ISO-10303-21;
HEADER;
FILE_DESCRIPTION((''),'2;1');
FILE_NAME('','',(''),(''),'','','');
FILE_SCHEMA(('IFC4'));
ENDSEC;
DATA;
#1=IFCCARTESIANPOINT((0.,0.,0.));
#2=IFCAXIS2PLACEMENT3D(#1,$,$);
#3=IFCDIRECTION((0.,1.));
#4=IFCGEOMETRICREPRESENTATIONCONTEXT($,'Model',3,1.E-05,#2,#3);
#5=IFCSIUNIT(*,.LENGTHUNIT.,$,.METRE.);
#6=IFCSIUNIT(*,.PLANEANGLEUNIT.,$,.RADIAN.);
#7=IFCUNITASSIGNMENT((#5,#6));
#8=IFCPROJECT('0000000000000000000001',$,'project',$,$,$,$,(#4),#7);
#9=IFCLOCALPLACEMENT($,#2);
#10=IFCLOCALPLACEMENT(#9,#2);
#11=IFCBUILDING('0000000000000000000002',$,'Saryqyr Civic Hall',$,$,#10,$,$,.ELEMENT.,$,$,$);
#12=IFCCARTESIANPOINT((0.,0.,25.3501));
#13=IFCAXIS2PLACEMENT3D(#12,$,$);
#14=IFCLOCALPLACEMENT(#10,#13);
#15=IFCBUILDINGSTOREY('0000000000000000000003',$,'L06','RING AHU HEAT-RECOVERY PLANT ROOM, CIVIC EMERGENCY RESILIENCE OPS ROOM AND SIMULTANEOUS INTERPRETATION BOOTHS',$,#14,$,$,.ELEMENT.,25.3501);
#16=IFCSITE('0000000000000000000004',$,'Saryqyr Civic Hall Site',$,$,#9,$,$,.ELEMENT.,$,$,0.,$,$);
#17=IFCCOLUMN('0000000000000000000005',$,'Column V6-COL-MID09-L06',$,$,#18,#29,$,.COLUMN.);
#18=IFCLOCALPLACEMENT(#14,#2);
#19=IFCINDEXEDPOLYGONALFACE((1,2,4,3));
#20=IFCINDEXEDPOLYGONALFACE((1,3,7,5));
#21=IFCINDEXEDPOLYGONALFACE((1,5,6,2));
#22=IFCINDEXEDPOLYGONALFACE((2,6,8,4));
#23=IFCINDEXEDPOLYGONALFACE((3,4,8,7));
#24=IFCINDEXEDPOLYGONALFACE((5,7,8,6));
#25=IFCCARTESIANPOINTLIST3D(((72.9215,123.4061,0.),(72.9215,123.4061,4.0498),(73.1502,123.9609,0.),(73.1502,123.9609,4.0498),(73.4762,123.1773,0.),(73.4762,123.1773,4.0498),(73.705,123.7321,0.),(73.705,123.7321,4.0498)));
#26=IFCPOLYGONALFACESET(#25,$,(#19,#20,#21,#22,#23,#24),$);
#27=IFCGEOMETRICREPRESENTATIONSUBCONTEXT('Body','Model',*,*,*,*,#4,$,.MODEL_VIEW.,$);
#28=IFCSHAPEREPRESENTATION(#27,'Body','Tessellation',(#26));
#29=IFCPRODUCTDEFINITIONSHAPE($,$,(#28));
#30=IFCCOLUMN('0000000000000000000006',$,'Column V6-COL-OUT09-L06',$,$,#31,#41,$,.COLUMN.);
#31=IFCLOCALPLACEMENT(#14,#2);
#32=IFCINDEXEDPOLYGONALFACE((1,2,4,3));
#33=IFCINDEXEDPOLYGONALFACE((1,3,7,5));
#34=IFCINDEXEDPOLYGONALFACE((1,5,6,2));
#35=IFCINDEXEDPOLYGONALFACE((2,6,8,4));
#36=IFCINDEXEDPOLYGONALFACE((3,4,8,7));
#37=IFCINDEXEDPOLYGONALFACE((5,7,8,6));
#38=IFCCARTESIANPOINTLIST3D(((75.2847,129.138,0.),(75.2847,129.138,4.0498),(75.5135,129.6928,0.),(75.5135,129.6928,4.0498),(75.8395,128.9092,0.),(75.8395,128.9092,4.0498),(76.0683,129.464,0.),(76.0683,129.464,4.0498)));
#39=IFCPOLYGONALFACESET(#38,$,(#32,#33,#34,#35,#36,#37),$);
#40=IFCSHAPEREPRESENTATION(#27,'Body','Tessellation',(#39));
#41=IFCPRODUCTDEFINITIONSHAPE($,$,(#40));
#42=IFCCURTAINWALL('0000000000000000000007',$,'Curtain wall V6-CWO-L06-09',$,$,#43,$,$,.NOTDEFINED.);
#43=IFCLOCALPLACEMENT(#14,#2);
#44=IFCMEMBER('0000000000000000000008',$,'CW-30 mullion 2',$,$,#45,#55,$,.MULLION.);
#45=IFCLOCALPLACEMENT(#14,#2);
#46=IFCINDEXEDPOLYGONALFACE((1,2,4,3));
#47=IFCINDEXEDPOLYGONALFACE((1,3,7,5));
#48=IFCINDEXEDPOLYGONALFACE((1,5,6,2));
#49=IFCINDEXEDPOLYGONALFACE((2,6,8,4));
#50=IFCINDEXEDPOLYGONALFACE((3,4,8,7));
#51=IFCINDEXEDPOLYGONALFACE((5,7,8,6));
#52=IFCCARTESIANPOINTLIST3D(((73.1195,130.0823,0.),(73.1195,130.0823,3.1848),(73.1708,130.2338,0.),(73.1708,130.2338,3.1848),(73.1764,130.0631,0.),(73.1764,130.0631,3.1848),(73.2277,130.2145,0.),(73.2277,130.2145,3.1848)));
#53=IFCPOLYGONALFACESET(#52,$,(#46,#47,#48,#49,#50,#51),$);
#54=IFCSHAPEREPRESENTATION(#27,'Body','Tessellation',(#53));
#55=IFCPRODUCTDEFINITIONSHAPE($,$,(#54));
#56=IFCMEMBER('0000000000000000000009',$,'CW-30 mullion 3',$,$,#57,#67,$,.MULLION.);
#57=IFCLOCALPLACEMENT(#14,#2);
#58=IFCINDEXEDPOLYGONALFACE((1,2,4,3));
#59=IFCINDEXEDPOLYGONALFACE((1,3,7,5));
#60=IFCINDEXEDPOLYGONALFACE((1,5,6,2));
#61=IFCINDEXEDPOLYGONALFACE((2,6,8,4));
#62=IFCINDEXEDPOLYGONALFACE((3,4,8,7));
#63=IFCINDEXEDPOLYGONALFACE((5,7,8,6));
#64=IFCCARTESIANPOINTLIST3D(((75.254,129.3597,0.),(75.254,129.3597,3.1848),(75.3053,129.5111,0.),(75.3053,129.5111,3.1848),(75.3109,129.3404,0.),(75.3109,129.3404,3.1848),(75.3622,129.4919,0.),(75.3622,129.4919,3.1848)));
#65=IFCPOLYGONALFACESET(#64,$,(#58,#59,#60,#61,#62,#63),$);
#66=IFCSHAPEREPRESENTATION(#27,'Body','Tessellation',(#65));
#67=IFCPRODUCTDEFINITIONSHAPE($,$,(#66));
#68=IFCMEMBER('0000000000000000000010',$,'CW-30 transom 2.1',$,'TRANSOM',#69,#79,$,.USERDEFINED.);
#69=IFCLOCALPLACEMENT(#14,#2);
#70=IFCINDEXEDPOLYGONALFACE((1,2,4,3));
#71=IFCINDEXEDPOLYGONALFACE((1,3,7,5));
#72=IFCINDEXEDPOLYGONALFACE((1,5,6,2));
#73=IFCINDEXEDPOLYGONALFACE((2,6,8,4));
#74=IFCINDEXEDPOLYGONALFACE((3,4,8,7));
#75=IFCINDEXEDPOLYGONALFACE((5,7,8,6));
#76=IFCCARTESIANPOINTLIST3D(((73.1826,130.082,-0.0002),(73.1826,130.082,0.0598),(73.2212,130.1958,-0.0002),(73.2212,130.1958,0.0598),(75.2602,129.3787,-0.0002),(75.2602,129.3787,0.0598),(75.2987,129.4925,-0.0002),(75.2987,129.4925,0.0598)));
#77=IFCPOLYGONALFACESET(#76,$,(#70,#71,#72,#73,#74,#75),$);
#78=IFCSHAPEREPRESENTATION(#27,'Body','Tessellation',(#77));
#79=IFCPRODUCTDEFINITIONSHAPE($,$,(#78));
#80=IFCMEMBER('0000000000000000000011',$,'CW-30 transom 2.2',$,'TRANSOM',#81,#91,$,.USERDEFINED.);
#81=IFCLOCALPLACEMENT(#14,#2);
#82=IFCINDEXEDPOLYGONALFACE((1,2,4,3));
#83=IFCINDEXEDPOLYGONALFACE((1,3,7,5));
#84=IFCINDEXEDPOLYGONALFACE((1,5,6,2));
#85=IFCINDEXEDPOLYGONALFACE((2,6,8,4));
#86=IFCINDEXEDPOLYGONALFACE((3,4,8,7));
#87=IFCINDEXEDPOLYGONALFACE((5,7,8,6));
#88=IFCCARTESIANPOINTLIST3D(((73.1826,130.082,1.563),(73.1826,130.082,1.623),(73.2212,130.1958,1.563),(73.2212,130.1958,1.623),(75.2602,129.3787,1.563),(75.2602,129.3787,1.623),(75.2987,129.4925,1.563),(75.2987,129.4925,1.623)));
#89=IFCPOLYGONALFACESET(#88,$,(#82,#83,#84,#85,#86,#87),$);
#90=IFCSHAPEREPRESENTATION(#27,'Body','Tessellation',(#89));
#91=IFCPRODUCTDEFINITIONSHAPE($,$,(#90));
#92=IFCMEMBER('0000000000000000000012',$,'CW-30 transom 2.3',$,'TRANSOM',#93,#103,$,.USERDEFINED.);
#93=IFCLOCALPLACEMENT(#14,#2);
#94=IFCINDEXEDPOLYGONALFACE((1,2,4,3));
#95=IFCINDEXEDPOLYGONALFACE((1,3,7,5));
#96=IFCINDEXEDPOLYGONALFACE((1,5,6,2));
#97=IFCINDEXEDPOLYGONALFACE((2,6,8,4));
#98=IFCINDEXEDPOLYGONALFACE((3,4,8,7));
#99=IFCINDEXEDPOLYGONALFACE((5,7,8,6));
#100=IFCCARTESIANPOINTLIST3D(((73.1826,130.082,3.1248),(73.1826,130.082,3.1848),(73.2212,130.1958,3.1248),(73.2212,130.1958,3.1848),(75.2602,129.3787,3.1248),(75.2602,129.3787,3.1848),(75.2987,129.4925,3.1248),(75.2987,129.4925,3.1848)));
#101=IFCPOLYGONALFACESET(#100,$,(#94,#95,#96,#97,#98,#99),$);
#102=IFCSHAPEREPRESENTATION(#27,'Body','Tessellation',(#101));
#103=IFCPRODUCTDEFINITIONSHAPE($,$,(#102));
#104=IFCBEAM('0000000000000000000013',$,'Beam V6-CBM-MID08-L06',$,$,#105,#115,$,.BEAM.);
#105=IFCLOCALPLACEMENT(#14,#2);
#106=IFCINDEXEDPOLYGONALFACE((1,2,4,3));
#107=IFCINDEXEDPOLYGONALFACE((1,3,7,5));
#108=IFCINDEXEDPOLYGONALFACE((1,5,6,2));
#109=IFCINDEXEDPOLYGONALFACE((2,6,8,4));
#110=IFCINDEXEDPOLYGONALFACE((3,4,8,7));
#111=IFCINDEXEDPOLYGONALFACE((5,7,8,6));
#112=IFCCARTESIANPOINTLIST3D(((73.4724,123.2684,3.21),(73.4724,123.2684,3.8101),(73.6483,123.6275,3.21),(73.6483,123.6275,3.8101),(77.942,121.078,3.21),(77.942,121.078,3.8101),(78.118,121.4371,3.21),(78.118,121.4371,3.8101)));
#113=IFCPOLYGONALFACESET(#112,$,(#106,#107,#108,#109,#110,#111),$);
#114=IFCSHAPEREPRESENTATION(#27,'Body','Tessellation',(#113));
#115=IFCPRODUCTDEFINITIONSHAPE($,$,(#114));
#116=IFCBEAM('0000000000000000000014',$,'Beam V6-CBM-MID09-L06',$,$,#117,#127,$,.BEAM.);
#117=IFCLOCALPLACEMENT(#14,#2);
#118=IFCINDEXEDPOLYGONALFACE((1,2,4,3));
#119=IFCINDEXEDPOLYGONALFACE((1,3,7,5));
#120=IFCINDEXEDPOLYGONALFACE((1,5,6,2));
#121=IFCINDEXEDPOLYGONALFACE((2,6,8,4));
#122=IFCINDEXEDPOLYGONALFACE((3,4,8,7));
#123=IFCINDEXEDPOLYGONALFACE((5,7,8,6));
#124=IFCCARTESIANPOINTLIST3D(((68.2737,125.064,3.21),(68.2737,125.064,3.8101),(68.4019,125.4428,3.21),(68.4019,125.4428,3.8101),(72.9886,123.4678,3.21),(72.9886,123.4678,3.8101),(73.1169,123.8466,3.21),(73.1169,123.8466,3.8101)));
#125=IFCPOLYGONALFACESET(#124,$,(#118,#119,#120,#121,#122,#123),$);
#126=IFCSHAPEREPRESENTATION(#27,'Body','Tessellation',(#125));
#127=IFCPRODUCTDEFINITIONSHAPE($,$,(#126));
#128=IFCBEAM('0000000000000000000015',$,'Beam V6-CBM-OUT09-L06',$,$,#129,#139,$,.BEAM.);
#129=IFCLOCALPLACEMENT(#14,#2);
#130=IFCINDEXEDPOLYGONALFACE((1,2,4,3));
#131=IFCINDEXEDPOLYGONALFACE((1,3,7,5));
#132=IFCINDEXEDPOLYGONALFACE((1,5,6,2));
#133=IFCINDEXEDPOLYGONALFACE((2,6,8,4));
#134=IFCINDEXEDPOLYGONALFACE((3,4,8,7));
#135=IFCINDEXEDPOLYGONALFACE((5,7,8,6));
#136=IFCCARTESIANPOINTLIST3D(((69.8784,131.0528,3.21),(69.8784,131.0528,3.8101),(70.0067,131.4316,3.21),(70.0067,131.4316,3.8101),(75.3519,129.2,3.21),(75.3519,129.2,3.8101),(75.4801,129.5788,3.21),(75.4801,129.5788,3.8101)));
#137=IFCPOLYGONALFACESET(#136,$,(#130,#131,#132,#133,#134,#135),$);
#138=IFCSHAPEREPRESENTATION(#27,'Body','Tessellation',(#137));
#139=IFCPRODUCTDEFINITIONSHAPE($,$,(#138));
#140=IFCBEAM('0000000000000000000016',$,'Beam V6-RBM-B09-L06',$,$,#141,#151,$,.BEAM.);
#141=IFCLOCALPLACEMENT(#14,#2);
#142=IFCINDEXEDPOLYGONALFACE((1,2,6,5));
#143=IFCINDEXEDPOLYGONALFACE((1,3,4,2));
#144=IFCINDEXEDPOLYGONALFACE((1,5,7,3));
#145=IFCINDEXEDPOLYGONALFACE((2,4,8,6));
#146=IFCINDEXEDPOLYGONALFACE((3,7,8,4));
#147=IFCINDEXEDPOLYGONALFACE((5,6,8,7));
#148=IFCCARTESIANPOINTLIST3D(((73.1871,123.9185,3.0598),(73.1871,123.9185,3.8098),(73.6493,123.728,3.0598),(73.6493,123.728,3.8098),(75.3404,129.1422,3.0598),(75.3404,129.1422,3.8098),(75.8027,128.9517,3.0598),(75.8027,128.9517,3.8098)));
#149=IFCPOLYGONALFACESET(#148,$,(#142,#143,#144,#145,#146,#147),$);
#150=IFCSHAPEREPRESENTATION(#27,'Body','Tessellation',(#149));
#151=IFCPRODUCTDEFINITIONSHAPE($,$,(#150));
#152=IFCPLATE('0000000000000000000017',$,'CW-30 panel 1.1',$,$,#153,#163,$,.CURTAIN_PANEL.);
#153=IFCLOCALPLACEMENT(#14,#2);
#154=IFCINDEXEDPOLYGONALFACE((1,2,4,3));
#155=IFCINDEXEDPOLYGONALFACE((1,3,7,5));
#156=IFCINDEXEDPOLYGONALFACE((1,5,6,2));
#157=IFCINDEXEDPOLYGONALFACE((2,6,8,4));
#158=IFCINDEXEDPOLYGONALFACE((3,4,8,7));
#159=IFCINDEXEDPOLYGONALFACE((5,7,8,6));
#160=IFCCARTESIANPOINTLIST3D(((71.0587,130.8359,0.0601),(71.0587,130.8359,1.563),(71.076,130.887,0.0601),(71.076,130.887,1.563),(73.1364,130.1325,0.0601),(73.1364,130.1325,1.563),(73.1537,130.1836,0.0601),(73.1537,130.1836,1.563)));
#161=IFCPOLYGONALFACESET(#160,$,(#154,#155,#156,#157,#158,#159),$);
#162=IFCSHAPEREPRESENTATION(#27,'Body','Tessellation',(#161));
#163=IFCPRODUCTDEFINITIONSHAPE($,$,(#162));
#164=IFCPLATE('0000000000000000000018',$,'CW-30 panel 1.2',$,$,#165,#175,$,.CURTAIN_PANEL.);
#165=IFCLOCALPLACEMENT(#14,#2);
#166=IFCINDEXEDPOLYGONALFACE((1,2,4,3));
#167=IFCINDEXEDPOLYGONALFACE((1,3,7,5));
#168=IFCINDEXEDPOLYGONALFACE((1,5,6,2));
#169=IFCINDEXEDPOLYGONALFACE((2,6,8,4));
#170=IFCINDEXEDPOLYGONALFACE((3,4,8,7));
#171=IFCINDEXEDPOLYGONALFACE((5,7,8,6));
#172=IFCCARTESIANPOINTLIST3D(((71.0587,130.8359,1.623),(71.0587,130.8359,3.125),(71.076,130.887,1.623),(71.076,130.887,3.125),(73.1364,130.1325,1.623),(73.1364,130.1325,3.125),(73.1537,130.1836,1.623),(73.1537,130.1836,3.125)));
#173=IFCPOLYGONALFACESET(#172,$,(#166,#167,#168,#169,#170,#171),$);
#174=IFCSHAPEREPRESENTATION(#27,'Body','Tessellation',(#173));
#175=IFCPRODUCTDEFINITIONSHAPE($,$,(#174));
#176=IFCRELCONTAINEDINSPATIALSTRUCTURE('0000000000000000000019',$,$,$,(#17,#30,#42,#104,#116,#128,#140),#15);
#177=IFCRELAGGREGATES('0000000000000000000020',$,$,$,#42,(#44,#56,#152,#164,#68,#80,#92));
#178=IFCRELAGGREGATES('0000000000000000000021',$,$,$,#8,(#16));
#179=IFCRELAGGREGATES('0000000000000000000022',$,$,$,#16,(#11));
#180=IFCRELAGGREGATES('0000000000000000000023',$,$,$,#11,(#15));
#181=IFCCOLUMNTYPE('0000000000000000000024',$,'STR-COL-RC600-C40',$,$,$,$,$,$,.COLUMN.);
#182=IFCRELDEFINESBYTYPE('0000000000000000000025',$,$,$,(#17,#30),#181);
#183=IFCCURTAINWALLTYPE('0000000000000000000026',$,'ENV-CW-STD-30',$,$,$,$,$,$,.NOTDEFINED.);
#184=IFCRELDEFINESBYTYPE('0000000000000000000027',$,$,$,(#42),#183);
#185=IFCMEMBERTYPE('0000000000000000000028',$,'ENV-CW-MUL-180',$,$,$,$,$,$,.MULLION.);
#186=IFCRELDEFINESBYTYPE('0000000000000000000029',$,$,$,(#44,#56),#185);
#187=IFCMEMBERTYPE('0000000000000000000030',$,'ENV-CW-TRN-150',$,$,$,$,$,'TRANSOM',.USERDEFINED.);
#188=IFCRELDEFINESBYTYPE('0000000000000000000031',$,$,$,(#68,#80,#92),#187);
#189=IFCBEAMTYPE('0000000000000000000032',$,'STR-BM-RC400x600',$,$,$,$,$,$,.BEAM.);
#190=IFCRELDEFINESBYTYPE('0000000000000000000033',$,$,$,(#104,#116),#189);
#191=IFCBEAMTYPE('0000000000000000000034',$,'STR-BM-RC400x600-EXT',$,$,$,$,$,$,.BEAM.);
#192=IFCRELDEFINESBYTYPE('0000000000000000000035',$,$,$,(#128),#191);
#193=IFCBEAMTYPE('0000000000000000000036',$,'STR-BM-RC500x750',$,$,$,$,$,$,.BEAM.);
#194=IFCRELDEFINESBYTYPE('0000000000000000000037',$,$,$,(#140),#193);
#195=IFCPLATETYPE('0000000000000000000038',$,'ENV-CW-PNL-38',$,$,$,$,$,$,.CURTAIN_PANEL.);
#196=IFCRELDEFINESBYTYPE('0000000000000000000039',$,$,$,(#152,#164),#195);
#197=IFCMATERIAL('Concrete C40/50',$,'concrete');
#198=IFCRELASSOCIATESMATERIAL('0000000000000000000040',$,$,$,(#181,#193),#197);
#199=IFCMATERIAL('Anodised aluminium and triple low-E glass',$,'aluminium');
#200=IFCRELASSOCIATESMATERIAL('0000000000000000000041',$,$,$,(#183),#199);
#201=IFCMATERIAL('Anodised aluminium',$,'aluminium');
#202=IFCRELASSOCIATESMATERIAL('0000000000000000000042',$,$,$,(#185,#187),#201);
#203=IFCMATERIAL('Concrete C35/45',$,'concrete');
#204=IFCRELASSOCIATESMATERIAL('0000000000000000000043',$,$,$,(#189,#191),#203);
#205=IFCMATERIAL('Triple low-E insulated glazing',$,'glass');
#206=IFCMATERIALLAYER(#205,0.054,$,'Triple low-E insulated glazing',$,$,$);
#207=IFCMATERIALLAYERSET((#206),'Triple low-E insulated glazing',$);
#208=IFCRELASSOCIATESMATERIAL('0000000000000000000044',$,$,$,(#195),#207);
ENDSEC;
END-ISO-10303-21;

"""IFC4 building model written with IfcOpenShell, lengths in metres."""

from ifc_helpers import new_model, si_unit, direction, frame, origin, origin_2d, place, context, subcontext, project, spatial, rectangle, extrude, material, layer, layer_set, material_profile, profile_set, type_object, element, aggregate, save


model = new_model("IFC4")

# Units and contexts
model_context = context("Model", 3, precision=1e-05, world=origin(), true_north=direction((0.0, 1.0)))
body_context = subcontext(model_context, "Body", "Model", "MODEL_VIEW")
ifc_project = project(units=[si_unit("LENGTHUNIT", "METRE"), si_unit("PLANEANGLEUNIT", "RADIAN")], contexts=[model_context])

# Site, building, storey
site_placement = place(None, origin())
site = spatial("IfcSite", under=ifc_project, at=site_placement, Name="Saryqyr Civic Hall Site", CompositionType="ELEMENT", RefElevation=0.0)
building_placement = place(site_placement, origin())
building = spatial("IfcBuilding", under=site, at=building_placement, Name="Saryqyr Civic Hall", CompositionType="ELEMENT")
storey_placement = place(building_placement, frame((0.0, 0.0, 25.3501)))
storey = spatial("IfcBuildingStorey", under=building, at=storey_placement, Name="L06", Description="RING AHU HEAT-RECOVERY PLANT ROOM, CIVIC EMERGENCY RESILIENCE OPS ROOM AND SIMULTANEOUS INTERPRETATION BOOTHS", CompositionType="ELEMENT", Elevation=25.3501)

# Columns
ifc_material_1 = material(Name="Concrete C40/50", Category="concrete")
ifc_material_profile_1 = material_profile(ifc_material_1, rectangle(XDim=0.6001, YDim=0.6001, at=origin_2d()), Name="RC 600x600")
ifc_profile_set_1 = profile_set([ifc_material_profile_1], Name="Concrete C40/50")
column_type = type_object("IfcColumnType", Name="STR-COL-RC600-C40", PredefinedType="COLUMN", material=ifc_profile_set_1)
for number, where, z_axis, x_axis, name in (
    (1, (73.3132, 123.5691, 0.0), (0.0, 0.0, 1.0), (0.381232, 0.92448, 0.0), "Column V6-COL-MID09-L06"),
    (2, (75.6765, 129.301, 0.0), (0.0, 0.0, 1.0), (0.381232, 0.92448, 0.0), "Column V6-COL-OUT09-L06"),
):
    element("IfcColumn", number, at=place(storey_placement, frame(where, z_axis=z_axis, x_axis=x_axis)), inside=storey, type_object=column_type, Name=name, PredefinedType="COLUMN", context=body_context, shape_type="SweptSolid", body=[
        extrude(rectangle(XDim=0.6001, YDim=0.6001, at=origin_2d()), origin(), (0.0, 0.0, 1.0), 4.0498),
    ])

# Curtain wall, members
ifc_material_2 = material(Name="Anodised aluminium and triple low-E glass", Category="aluminium")
curtain_wall_type = type_object("IfcCurtainWallType", Name="ENV-CW-STD-30", PredefinedType="NOTDEFINED", material=ifc_material_2)
curtain_wall_placement = place(storey_placement, origin())
curtain_wall = element("IfcCurtainWall", 3, at=curtain_wall_placement, inside=storey, type_object=curtain_wall_type, Name="Curtain wall V6-CWO-L06-09", PredefinedType="NOTDEFINED")
ifc_material_3 = material(Name="Anodised aluminium", Category="aluminium")
ifc_material_profile_2 = material_profile(ifc_material_3, rectangle(XDim=0.0601, YDim=0.1599, at=origin_2d()), Name="ALU MULLION 60x160")
ifc_profile_set_2 = profile_set([ifc_material_profile_2], Name="Anodised aluminium")
member_type_1 = type_object("IfcMemberType", Name="ENV-CW-MUL-180", PredefinedType="MULLION", material=ifc_profile_set_2)
member_1_placement = place(storey_placement, frame((73.1736, 130.1484, 0.0), z_axis=(0.0, 0.0, 1.0), x_axis=(0.94719, -0.320671, 0.0)))
member_1 = element("IfcMember", 4, at=member_1_placement, type_object=member_type_1, Name="CW-30 mullion 2", PredefinedType="MULLION", context=body_context, shape_type="SweptSolid", body=[
    extrude(rectangle(XDim=0.0601, YDim=0.1599, at=origin_2d()), origin(), (0.0, 0.0, 1.0), 3.1848),
])
member_2_placement = place(storey_placement, frame((75.3081, 129.4258, 0.0), z_axis=(0.0, 0.0, 1.0), x_axis=(0.94719, -0.320671, 0.0)))
member_2 = element("IfcMember", 5, at=member_2_placement, type_object=member_type_1, Name="CW-30 mullion 3", PredefinedType="MULLION", context=body_context, shape_type="SweptSolid", body=[
    extrude(rectangle(XDim=0.0601, YDim=0.1599, at=origin_2d()), origin(), (0.0, 0.0, 1.0), 3.1848),
])
ifc_material_profile_3 = material_profile(ifc_material_3, rectangle(XDim=0.1201, YDim=0.0601, at=origin_2d()), Name="ALU TRANSOM 120x60")
ifc_profile_set_3 = profile_set([ifc_material_profile_3], Name="Anodised aluminium")
member_type_2 = type_object("IfcMemberType", Name="ENV-CW-TRN-150", ElementType="TRANSOM", PredefinedType="USERDEFINED", material=ifc_profile_set_3)
member_3_placement = place(storey_placement, frame((73.2019, 130.1389, 0.0298), z_axis=(0.947193, -0.320665, 0.0), x_axis=(0.320665, 0.947193, 0.0)))
member_3 = element("IfcMember", 6, at=member_3_placement, type_object=member_type_2, Name="CW-30 transom 2.1", ObjectType="TRANSOM", PredefinedType="USERDEFINED", context=body_context, shape_type="SweptSolid", body=[
    extrude(rectangle(XDim=0.1201, YDim=0.0601, at=origin_2d()), origin(), (0.0, 0.0, 1.0), 2.1934),
])
member_4_placement = place(storey_placement, frame((73.2019, 130.1389, 1.593), z_axis=(0.947193, -0.320665, 0.0), x_axis=(0.320665, 0.947193, 0.0)))
member_4 = element("IfcMember", 7, at=member_4_placement, type_object=member_type_2, Name="CW-30 transom 2.2", ObjectType="TRANSOM", PredefinedType="USERDEFINED", context=body_context, shape_type="SweptSolid", body=[
    extrude(rectangle(XDim=0.1201, YDim=0.0601, at=origin_2d()), origin(), (0.0, 0.0, 1.0), 2.1934),
])
member_5_placement = place(storey_placement, frame((73.2019, 130.1389, 3.1548), z_axis=(0.947193, -0.320665, 0.0), x_axis=(0.320665, 0.947193, 0.0)))
member_5 = element("IfcMember", 8, at=member_5_placement, type_object=member_type_2, Name="CW-30 transom 2.3", ObjectType="TRANSOM", PredefinedType="USERDEFINED", context=body_context, shape_type="SweptSolid", body=[
    extrude(rectangle(XDim=0.1201, YDim=0.0601, at=origin_2d()), origin(), (0.0, 0.0, 1.0), 2.1934),
])

# Beams
ifc_material_4 = material(Name="Concrete C35/45", Category="concrete")
ifc_material_profile_4 = material_profile(ifc_material_4, rectangle(XDim=0.3999, YDim=0.6001, at=origin_2d()), Name="RC 400x600")
ifc_profile_set_4 = profile_set([ifc_material_profile_4], Name="Concrete C35/45")
beam_type_1 = type_object("IfcBeamType", Name="STR-BM-RC400x600", PredefinedType="BEAM", material=ifc_profile_set_4)
beam_1_placement = place(storey_placement, frame((78.03, 121.2576, 3.51), z_axis=(-0.897969, 0.440058, 0.0), x_axis=(-0.440058, -0.897969, 0.0)))
element("IfcBeam", 9, at=beam_1_placement, inside=storey, type_object=beam_type_1, Name="Beam V6-CBM-MID08-L06", PredefinedType="BEAM", context=body_context, shape_type="SweptSolid", body=[
    extrude(rectangle(XDim=0.3999, YDim=0.6001, at=origin_2d()), origin(), (0.0, 0.0, 1.0), 4.9775),
])
beam_2_placement = place(storey_placement, frame((73.0527, 123.6572, 3.51), z_axis=(-0.947192, 0.320668, 0.0), x_axis=(-0.320668, -0.947192, 0.0)))
element("IfcBeam", 10, at=beam_2_placement, inside=storey, type_object=beam_type_1, Name="Beam V6-CBM-MID09-L06", PredefinedType="BEAM", context=body_context, shape_type="SweptSolid", body=[
    extrude(rectangle(XDim=0.3999, YDim=0.6001, at=origin_2d()), origin(), (0.0, 0.0, 1.0), 4.9778),
])
ifc_material_profile_5 = material_profile(ifc_material_4, rectangle(XDim=0.3999, YDim=0.6001, at=origin_2d()), Name="RC 400x600")
ifc_profile_set_5 = profile_set([ifc_material_profile_5], Name="Concrete C35/45")
beam_type_2 = type_object("IfcBeamType", Name="STR-BM-RC400x600-EXT", PredefinedType="BEAM", material=ifc_profile_set_5)
beam_3_placement = place(storey_placement, frame((75.416, 129.3894, 3.51), z_axis=(-0.947203, 0.320635, 0.0), x_axis=(-0.320635, -0.947203, 0.0)))
element("IfcBeam", 11, at=beam_3_placement, inside=storey, type_object=beam_type_2, Name="Beam V6-CBM-OUT09-L06", PredefinedType="BEAM", context=body_context, shape_type="SweptSolid", body=[
    extrude(rectangle(XDim=0.3999, YDim=0.6001, at=origin_2d()), origin(), (0.0, 0.0, 1.0), 5.7786),
])
ifc_material_profile_6 = material_profile(ifc_material_1, rectangle(XDim=0.5, YDim=0.75, at=origin_2d()), Name="RC 500x750")
ifc_profile_set_6 = profile_set([ifc_material_profile_6], Name="Concrete C40/50")
beam_type_3 = type_object("IfcBeamType", Name="STR-BM-RC500x750", PredefinedType="BEAM", material=ifc_profile_set_6)
beam_4_placement = place(storey_placement, frame((73.4182, 123.8232, 3.4348), z_axis=(0.381115, 0.924528, 0.0), x_axis=(-0.924528, 0.381115, 0.0)))
element("IfcBeam", 12, at=beam_4_placement, inside=storey, type_object=beam_type_3, Name="Beam V6-RBM-B09-L06", PredefinedType="BEAM", context=body_context, shape_type="SweptSolid", body=[
    extrude(rectangle(XDim=0.5, YDim=0.75, at=origin_2d()), origin(), (0.0, 0.0, 1.0), 5.6501),
])

# Plates
ifc_material_5 = material(Name="Triple low-E insulated glazing", Category="glass")
ifc_layer_1 = layer(ifc_material_5, 0.054, Name="Triple low-E insulated glazing")
ifc_layer_set_1 = layer_set([ifc_layer_1], Name="Triple low-E insulated glazing")
plate_type = type_object("IfcPlateType", Name="ENV-CW-PNL-38", PredefinedType="CURTAIN_PANEL", material=ifc_layer_set_1)
plate_1_placement = place(storey_placement, frame((72.1062, 130.5098, 0.0601), z_axis=(0.0, 0.0, 1.0), x_axis=(0.94719, -0.320671, 0.0)))
plate_1 = element("IfcPlate", 13, at=plate_1_placement, type_object=plate_type, Name="CW-30 panel 1.1", PredefinedType="CURTAIN_PANEL", context=body_context, shape_type="SweptSolid", body=[
    extrude(rectangle(XDim=2.1936, YDim=0.054, at=origin_2d()), origin(), (0.0, 0.0, 1.0), 1.5029),
])
plate_2_placement = place(storey_placement, frame((72.1062, 130.5098, 1.623), z_axis=(0.0, 0.0, 1.0), x_axis=(0.94719, -0.320671, 0.0)))
plate_2 = element("IfcPlate", 14, at=plate_2_placement, type_object=plate_type, Name="CW-30 panel 1.2", PredefinedType="CURTAIN_PANEL", context=body_context, shape_type="SweptSolid", body=[
    extrude(rectangle(XDim=2.1936, YDim=0.054, at=origin_2d()), origin(), (0.0, 0.0, 1.0), 1.502),
])
aggregate(curtain_wall, [member_1, member_2, plate_1, plate_2, member_3, member_4, member_5])

save(model, "model.ifc")
